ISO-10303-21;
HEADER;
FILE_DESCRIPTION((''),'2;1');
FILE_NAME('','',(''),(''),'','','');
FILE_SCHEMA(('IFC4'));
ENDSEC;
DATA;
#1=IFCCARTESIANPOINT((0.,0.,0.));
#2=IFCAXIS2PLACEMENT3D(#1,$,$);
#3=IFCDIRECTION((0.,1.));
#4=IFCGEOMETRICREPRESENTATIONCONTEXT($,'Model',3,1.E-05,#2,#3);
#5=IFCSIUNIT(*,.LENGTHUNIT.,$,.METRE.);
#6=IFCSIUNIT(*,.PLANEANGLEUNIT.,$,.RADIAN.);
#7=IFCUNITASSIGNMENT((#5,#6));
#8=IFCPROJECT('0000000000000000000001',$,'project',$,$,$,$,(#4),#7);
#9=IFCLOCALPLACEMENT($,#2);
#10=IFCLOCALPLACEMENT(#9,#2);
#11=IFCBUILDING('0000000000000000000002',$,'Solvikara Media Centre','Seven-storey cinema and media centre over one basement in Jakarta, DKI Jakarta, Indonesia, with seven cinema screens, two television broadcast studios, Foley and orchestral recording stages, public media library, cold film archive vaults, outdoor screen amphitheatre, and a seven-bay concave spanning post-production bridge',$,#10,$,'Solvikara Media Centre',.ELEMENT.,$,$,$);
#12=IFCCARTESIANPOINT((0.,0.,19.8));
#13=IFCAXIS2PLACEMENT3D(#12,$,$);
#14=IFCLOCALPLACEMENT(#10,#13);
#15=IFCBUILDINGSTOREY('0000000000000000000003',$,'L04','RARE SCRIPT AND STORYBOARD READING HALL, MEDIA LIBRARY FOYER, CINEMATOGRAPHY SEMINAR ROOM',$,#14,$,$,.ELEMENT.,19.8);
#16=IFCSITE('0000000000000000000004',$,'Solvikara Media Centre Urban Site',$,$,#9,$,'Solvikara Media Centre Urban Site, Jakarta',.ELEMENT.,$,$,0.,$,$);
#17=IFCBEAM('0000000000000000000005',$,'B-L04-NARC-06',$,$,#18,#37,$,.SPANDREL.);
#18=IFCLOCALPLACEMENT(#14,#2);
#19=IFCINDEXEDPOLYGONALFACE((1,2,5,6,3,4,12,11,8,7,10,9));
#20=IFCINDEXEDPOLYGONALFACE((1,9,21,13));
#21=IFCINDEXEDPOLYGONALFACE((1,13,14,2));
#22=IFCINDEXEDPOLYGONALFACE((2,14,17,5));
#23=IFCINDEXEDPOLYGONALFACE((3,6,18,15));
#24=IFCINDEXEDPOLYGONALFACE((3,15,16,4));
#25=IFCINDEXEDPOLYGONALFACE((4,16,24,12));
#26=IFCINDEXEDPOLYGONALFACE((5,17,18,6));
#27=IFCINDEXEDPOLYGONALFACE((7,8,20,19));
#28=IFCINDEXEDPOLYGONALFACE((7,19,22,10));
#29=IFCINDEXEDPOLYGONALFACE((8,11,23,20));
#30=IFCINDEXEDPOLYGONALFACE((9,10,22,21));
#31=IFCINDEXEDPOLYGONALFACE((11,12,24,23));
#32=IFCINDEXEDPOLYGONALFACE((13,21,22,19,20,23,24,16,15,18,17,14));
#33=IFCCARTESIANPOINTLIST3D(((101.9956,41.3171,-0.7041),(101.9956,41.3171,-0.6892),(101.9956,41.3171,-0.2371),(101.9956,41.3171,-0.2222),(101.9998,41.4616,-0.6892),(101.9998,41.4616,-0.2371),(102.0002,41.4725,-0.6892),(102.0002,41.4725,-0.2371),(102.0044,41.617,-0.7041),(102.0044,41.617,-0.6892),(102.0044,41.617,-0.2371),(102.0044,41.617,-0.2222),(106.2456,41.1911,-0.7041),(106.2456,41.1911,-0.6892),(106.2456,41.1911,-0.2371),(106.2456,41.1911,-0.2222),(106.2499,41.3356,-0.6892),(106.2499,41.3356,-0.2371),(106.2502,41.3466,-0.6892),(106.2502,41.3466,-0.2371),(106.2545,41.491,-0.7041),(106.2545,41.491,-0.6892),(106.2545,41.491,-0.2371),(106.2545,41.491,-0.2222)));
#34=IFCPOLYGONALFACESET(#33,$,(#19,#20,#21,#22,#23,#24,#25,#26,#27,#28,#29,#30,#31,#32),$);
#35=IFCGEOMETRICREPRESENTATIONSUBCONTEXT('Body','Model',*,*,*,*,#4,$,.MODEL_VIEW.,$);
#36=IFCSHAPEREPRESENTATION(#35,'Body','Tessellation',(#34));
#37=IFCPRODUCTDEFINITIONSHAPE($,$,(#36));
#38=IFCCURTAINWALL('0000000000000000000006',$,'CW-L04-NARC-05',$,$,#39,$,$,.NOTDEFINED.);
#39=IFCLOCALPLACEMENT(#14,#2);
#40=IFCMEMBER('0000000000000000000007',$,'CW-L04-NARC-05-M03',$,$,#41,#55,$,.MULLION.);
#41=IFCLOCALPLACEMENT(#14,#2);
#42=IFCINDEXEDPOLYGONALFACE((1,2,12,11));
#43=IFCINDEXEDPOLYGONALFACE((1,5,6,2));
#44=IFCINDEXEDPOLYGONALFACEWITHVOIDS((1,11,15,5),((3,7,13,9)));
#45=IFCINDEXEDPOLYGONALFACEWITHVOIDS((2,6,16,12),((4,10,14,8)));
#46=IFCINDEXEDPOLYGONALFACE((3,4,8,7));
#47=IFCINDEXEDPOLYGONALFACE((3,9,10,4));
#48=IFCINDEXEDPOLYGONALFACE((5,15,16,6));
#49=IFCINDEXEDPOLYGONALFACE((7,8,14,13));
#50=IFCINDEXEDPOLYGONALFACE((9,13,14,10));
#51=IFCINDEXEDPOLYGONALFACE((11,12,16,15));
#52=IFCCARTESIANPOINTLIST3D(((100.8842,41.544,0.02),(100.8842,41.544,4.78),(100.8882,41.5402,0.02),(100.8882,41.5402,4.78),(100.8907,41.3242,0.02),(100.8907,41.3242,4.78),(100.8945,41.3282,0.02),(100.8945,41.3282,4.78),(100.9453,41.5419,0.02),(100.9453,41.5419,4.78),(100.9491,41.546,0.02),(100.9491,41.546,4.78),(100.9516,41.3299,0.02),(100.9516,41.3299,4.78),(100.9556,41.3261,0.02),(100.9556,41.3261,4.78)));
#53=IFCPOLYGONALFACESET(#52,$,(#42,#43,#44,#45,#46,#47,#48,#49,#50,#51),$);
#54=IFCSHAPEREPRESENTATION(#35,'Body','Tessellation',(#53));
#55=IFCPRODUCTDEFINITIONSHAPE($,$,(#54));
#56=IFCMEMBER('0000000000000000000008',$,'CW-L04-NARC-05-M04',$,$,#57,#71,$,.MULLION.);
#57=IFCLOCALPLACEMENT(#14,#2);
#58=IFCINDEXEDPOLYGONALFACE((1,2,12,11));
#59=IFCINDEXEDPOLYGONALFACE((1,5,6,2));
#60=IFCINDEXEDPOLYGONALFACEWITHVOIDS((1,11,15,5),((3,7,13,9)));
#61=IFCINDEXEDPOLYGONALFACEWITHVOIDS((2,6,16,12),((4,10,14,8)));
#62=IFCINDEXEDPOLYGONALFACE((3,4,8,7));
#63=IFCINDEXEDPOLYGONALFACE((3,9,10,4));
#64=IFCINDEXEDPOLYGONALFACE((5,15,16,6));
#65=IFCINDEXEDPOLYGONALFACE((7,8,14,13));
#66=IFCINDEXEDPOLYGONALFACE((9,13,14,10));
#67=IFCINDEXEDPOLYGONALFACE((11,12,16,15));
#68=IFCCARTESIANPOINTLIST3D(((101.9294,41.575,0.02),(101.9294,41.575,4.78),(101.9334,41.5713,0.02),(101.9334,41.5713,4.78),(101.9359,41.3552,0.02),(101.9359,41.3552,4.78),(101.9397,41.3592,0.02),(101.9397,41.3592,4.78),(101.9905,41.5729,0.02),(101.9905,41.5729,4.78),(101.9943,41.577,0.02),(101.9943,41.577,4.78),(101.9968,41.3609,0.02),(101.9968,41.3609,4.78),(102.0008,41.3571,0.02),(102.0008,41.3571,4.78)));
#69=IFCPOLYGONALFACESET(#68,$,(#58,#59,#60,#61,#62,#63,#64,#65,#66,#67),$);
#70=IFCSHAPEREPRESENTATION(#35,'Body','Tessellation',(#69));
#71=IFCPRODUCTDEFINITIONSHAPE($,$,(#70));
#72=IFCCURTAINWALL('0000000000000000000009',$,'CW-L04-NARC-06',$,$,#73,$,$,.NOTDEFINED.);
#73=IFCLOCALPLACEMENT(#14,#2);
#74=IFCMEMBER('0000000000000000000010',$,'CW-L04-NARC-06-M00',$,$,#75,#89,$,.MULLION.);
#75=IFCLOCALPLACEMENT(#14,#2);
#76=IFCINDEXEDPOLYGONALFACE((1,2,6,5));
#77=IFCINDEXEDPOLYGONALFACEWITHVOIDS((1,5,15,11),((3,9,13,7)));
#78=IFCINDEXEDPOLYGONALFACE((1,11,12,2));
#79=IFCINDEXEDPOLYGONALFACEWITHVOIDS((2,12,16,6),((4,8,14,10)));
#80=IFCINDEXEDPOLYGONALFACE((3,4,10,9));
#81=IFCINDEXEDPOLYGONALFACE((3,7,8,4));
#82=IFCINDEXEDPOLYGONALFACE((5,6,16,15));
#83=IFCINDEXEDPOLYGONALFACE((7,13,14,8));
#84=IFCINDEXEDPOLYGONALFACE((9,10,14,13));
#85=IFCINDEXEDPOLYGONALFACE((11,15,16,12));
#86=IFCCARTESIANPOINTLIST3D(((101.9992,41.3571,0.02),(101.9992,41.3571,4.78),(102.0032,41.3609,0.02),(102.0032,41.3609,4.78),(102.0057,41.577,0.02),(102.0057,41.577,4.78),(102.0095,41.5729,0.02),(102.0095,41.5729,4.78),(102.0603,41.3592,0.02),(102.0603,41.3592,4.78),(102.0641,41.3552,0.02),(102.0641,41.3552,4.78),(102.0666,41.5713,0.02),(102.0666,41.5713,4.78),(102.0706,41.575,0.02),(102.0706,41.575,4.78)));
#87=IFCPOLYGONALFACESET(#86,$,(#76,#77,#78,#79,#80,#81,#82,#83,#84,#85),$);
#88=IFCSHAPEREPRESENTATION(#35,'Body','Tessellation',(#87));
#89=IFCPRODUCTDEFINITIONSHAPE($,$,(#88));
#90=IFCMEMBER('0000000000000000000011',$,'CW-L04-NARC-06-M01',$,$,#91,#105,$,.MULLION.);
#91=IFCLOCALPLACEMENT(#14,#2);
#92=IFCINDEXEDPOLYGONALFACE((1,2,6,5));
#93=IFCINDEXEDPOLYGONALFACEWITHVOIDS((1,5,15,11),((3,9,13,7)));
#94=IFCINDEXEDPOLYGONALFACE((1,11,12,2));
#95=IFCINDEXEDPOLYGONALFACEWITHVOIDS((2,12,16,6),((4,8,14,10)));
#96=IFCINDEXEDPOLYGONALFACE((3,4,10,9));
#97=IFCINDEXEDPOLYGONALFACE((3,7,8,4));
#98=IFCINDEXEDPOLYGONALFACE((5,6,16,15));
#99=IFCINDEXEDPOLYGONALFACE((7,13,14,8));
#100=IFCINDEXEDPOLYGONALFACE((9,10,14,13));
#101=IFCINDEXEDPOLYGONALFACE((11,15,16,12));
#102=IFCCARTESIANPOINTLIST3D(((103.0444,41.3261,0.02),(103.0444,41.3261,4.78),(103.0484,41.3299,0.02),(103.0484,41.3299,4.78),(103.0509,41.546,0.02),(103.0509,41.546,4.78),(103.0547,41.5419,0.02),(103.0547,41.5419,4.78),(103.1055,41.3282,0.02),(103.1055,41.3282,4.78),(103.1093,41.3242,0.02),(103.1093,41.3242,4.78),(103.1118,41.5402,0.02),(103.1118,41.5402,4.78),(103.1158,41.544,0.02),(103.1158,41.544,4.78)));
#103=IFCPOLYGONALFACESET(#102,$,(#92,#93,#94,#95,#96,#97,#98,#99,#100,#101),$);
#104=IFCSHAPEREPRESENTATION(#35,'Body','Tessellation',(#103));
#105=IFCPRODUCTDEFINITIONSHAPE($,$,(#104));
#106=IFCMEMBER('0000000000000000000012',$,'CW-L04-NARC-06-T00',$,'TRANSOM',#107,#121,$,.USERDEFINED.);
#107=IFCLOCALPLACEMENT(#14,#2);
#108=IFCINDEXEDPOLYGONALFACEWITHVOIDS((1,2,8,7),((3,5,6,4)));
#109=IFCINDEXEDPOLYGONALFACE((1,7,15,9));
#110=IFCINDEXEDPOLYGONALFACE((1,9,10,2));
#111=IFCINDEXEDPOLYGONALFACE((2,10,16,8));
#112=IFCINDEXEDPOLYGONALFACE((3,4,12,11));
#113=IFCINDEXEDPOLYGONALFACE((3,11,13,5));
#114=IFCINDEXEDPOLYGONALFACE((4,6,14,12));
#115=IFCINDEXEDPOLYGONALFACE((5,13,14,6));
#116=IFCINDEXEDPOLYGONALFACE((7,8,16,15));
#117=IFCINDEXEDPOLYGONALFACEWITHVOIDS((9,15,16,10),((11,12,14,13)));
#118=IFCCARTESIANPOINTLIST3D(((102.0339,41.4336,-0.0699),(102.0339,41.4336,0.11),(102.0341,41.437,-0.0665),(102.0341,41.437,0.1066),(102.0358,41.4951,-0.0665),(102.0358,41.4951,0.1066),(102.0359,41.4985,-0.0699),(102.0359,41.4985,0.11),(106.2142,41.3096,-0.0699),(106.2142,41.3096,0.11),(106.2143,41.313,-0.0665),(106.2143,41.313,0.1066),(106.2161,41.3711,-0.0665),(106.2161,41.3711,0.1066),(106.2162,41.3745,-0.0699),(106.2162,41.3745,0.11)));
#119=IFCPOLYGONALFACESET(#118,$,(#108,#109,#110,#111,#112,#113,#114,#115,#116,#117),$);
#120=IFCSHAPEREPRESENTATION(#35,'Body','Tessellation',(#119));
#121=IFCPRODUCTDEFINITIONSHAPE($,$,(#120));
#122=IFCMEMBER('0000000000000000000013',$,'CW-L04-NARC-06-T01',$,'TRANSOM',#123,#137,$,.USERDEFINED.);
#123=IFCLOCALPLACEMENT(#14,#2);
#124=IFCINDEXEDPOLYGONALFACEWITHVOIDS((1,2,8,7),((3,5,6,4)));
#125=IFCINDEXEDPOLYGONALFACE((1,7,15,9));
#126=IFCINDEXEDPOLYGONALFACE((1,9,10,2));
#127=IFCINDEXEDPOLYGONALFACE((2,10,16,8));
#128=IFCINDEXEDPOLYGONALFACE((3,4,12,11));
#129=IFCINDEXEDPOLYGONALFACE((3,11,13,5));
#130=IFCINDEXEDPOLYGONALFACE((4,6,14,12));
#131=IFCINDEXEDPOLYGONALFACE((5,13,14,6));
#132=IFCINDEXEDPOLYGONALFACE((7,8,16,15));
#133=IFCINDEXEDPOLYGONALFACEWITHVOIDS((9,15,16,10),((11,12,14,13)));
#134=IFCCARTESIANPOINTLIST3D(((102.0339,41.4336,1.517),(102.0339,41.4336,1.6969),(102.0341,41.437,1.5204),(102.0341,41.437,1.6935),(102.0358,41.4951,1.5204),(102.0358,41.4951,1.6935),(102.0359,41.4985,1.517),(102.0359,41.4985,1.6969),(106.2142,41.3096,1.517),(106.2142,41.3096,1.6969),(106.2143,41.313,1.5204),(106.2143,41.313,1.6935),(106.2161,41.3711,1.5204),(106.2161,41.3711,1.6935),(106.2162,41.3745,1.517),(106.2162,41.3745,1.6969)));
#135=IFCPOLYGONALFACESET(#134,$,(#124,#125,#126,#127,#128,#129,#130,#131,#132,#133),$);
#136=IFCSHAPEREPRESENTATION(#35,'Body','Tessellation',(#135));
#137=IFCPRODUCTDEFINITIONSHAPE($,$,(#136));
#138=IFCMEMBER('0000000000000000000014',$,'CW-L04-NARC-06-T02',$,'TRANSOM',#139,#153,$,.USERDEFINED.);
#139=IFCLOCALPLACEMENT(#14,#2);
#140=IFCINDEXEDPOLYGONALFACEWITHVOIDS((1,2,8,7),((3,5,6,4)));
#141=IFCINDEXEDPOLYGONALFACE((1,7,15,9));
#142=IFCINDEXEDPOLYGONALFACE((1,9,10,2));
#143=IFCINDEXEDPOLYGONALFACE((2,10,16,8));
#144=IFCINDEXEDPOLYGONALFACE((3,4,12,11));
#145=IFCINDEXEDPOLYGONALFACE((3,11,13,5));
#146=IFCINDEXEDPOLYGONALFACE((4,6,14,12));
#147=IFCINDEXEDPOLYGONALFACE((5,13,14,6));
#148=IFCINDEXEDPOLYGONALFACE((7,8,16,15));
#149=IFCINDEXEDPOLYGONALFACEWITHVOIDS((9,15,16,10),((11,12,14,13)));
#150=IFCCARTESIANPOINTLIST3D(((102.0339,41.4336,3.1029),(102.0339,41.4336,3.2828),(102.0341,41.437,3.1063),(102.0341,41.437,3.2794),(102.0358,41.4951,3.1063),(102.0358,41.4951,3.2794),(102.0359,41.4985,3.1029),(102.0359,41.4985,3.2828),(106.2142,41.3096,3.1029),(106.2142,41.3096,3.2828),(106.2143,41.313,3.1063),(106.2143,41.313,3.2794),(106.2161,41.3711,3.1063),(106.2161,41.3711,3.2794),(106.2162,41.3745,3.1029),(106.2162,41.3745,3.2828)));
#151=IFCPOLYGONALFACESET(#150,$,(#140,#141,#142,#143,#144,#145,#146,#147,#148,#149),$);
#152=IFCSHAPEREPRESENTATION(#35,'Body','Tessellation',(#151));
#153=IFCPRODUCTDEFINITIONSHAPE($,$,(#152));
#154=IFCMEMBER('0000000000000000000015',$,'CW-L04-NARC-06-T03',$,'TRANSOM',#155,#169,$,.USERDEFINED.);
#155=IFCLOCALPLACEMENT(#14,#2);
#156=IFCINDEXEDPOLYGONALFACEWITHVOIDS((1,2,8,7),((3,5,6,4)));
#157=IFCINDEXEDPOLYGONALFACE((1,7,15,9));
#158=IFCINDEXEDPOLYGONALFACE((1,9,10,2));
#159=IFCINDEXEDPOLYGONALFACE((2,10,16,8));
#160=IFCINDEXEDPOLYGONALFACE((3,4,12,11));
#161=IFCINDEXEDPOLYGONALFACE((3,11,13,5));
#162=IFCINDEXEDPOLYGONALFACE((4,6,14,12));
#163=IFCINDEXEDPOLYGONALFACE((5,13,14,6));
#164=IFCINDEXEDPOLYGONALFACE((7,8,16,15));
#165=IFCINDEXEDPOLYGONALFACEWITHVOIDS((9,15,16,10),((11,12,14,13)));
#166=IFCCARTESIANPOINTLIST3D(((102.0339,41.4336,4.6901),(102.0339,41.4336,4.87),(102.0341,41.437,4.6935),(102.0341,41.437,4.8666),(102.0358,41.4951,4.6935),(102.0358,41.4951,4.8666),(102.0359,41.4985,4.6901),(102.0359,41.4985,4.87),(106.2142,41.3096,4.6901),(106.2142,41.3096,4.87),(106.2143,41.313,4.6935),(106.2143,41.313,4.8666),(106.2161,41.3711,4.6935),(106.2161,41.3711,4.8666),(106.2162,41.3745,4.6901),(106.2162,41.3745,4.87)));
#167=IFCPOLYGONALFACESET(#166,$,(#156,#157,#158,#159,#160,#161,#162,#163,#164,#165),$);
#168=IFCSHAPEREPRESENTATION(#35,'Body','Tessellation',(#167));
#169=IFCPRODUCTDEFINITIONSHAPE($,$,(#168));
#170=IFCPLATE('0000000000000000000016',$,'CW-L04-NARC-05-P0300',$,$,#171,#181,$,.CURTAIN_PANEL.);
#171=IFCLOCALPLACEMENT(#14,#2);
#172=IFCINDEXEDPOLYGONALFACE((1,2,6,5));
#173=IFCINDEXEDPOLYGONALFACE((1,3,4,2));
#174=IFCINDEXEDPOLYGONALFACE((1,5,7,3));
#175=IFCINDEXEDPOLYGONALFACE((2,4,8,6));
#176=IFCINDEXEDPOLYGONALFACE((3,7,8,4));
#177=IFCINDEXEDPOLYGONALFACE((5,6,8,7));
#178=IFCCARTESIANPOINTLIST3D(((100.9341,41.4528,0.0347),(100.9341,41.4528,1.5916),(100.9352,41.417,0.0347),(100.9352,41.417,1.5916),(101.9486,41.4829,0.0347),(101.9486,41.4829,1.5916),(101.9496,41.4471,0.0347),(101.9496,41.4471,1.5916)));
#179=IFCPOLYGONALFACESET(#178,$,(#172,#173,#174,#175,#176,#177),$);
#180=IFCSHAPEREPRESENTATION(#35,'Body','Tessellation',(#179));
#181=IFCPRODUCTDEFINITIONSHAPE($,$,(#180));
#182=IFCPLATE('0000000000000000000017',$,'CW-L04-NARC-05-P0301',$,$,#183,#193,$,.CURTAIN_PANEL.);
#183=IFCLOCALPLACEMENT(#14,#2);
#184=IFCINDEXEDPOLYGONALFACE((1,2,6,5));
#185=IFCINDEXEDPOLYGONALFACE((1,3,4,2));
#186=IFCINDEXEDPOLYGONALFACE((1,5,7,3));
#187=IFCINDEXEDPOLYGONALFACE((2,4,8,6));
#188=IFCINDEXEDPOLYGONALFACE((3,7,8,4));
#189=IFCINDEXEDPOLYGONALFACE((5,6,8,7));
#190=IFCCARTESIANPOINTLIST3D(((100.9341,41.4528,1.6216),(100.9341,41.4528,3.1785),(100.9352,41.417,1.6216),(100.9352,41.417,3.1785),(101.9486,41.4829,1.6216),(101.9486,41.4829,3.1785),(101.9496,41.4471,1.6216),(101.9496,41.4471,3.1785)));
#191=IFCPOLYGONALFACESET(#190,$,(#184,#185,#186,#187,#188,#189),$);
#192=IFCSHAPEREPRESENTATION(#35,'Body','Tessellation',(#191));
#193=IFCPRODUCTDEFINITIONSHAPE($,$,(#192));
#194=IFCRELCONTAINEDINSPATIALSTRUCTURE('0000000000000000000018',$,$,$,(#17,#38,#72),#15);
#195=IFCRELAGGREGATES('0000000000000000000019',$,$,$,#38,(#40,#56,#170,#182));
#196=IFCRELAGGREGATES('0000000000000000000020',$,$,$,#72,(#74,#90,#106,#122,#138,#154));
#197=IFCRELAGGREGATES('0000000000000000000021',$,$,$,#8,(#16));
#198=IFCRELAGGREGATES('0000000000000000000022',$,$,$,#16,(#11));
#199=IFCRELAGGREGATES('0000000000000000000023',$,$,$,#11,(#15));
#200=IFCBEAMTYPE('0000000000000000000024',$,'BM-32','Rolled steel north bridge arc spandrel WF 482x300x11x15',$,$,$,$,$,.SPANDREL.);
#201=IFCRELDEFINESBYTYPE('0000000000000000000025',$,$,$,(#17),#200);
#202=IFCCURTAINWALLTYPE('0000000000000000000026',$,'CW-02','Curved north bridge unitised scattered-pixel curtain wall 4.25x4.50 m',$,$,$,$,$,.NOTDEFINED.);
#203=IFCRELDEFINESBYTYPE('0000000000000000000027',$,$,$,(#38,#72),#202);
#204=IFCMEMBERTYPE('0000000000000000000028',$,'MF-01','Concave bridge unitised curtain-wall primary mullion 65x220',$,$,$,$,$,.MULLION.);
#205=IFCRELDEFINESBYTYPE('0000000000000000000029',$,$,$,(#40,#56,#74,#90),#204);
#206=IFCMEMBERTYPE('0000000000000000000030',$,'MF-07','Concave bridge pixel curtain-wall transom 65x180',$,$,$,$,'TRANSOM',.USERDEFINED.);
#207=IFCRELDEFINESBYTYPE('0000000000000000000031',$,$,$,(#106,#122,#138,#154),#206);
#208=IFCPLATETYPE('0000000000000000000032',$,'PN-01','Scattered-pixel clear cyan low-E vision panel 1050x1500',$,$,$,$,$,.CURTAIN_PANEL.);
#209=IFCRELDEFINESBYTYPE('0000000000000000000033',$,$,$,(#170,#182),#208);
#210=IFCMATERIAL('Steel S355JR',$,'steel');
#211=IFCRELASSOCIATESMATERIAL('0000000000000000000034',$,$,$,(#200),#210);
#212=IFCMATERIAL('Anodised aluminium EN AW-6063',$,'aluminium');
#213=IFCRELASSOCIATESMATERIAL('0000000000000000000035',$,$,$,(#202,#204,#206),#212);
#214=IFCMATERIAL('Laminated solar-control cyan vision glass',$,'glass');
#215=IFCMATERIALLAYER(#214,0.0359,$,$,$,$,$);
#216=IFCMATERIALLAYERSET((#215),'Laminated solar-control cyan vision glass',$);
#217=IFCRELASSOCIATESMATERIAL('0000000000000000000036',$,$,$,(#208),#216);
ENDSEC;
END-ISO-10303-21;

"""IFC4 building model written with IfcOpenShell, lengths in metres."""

from ifc_helpers import new_model, si_unit, direction, frame, origin, origin_2d, place, context, subcontext, project, spatial, rectangle, hollow_rectangle, i_section, extrude, material, layer, layer_set, material_profile, profile_set, type_object, element, aggregate, save


model = new_model("IFC4")

# Units and contexts
model_context = context("Model", 3, precision=1e-05, world=origin(), true_north=direction((0.0, 1.0)))
body_context = subcontext(model_context, "Body", "Model", "MODEL_VIEW")
ifc_project = project(units=[si_unit("LENGTHUNIT", "METRE"), si_unit("PLANEANGLEUNIT", "RADIAN")], contexts=[model_context])

# Site, building, storey
site_placement = place(None, origin())
site = spatial("IfcSite", under=ifc_project, at=site_placement, Name="Solvikara Media Centre Urban Site", LongName="Solvikara Media Centre Urban Site, Jakarta", CompositionType="ELEMENT", RefElevation=0.0)
building_placement = place(site_placement, origin())
building = spatial("IfcBuilding", under=site, at=building_placement, Name="Solvikara Media Centre", Description="Seven-storey cinema and media centre over one basement in Jakarta, DKI Jakarta, Indonesia, with seven cinema screens, two television broadcast studios, Foley and orchestral recording stages, public media library, cold film archive vaults, outdoor screen amphitheatre, and a seven-bay concave spanning post-production bridge", LongName="Solvikara Media Centre", CompositionType="ELEMENT")
storey_placement = place(building_placement, frame((0.0, 0.0, 19.8)))
storey = spatial("IfcBuildingStorey", under=building, at=storey_placement, Name="L04", Description="RARE SCRIPT AND STORYBOARD READING HALL, MEDIA LIBRARY FOYER, CINEMATOGRAPHY SEMINAR ROOM", CompositionType="ELEMENT", Elevation=19.8)

# Beam
ifc_material_1 = material(Name="Steel S355JR", Category="steel")
ifc_material_profile_1 = material_profile(ifc_material_1, i_section(OverallWidth=0.3, OverallDepth=0.4819, WebThickness=0.011, FlangeThickness=0.0149, at=origin_2d()), Name="WF 482x300x11x15")
ifc_profile_set_1 = profile_set([ifc_material_profile_1], Name="Steel S355JR")
beam_type = type_object("IfcBeamType", Name="BM-32", Description="Rolled steel north bridge arc spandrel WF 482x300x11x15", PredefinedType="SPANDREL", material=ifc_profile_set_1)
beam_placement = place(storey_placement, frame((102.0, 41.467, -0.4631), z_axis=(0.999561, -0.029629, 0.0), x_axis=(0.029629, 0.999561, 0.0)))
element("IfcBeam", 1, at=beam_placement, inside=storey, type_object=beam_type, Name="B-L04-NARC-06", PredefinedType="SPANDREL", context=body_context, shape_type="SweptSolid", body=[
    extrude(i_section(OverallWidth=0.3, OverallDepth=0.4819, WebThickness=0.011, FlangeThickness=0.0149, at=origin_2d()), origin(), (0.0, 0.0, 1.0), 4.252),
])

# Curtain walls, members
ifc_material_2 = material(Name="Anodised aluminium EN AW-6063", Category="aluminium")
curtain_wall_type = type_object("IfcCurtainWallType", Name="CW-02", Description="Curved north bridge unitised scattered-pixel curtain wall 4.25x4.50 m", PredefinedType="NOTDEFINED", material=ifc_material_2)
curtain_wall_1_placement = place(storey_placement, origin())
curtain_wall_1 = element("IfcCurtainWall", 2, at=curtain_wall_1_placement, inside=storey, type_object=curtain_wall_type, Name="CW-L04-NARC-05", PredefinedType="NOTDEFINED")
ifc_material_profile_2 = material_profile(ifc_material_2, hollow_rectangle(XDim=0.0649, YDim=0.22, WallThickness=0.0039, at=origin_2d()), Name="ALU-M 65x220x4")
ifc_profile_set_2 = profile_set([ifc_material_profile_2], Name="Anodised aluminium EN AW-6063")
member_type_1 = type_object("IfcMemberType", Name="MF-01", Description="Concave bridge unitised curtain-wall primary mullion 65x220", PredefinedType="MULLION", material=ifc_profile_set_2)
member_1_placement = place(storey_placement, frame((100.9199, 41.4351, 0.02), z_axis=(0.0, 0.0, 1.0), x_axis=(0.99956, 0.029649, 0.0)))
member_1 = element("IfcMember", 3, at=member_1_placement, type_object=member_type_1, Name="CW-L04-NARC-05-M03", PredefinedType="MULLION", context=body_context, shape_type="SweptSolid", body=[
    extrude(hollow_rectangle(XDim=0.0649, YDim=0.22, WallThickness=0.0039, at=origin_2d()), origin(), (0.0, 0.0, 1.0), 4.76),
])
member_2_placement = place(storey_placement, frame((101.9651, 41.4661, 0.02), z_axis=(0.0, 0.0, 1.0), x_axis=(0.99956, 0.029649, 0.0)))
member_2 = element("IfcMember", 4, at=member_2_placement, type_object=member_type_1, Name="CW-L04-NARC-05-M04", PredefinedType="MULLION", context=body_context, shape_type="SweptSolid", body=[
    extrude(hollow_rectangle(XDim=0.0649, YDim=0.22, WallThickness=0.0039, at=origin_2d()), origin(), (0.0, 0.0, 1.0), 4.76),
])
curtain_wall_2_placement = place(storey_placement, origin())
curtain_wall_2 = element("IfcCurtainWall", 5, at=curtain_wall_2_placement, inside=storey, type_object=curtain_wall_type, Name="CW-L04-NARC-06", PredefinedType="NOTDEFINED")
member_3_placement = place(storey_placement, frame((102.0349, 41.4661, 0.02), z_axis=(0.0, 0.0, 1.0), x_axis=(0.99956, -0.029649, 0.0)))
member_3 = element("IfcMember", 6, at=member_3_placement, type_object=member_type_1, Name="CW-L04-NARC-06-M00", PredefinedType="MULLION", context=body_context, shape_type="SweptSolid", body=[
    extrude(hollow_rectangle(XDim=0.0649, YDim=0.22, WallThickness=0.0039, at=origin_2d()), origin(), (0.0, 0.0, 1.0), 4.76),
])
member_4_placement = place(storey_placement, frame((103.0801, 41.4351, 0.02), z_axis=(0.0, 0.0, 1.0), x_axis=(0.99956, -0.029649, 0.0)))
member_4 = element("IfcMember", 7, at=member_4_placement, type_object=member_type_1, Name="CW-L04-NARC-06-M01", PredefinedType="MULLION", context=body_context, shape_type="SweptSolid", body=[
    extrude(hollow_rectangle(XDim=0.0649, YDim=0.22, WallThickness=0.0039, at=origin_2d()), origin(), (0.0, 0.0, 1.0), 4.76),
])
ifc_material_profile_3 = material_profile(ifc_material_2, hollow_rectangle(XDim=0.0649, YDim=0.1799, WallThickness=0.0034, at=origin_2d()), Name="ALU-T 65x180x3.5")
ifc_profile_set_3 = profile_set([ifc_material_profile_3], Name="Anodised aluminium EN AW-6063")
member_type_2 = type_object("IfcMemberType", Name="MF-07", Description="Concave bridge pixel curtain-wall transom 65x180", ElementType="TRANSOM", PredefinedType="USERDEFINED", material=ifc_profile_set_3)
member_5_placement = place(storey_placement, frame((102.0349, 41.4661, 0.02), z_axis=(0.99956, -0.029656, 0.0), x_axis=(0.029656, 0.99956, 0.0)))
member_5 = element("IfcMember", 8, at=member_5_placement, type_object=member_type_2, Name="CW-L04-NARC-06-T00", ObjectType="TRANSOM", PredefinedType="USERDEFINED", context=body_context, shape_type="SweptSolid", body=[
    extrude(hollow_rectangle(XDim=0.0649, YDim=0.1799, WallThickness=0.0034, at=origin_2d()), origin(), (0.0, 0.0, 1.0), 4.1821),
])
member_6_placement = place(storey_placement, frame((102.0349, 41.4661, 1.6069), z_axis=(0.99956, -0.029656, 0.0), x_axis=(0.029656, 0.99956, 0.0)))
member_6 = element("IfcMember", 9, at=member_6_placement, type_object=member_type_2, Name="CW-L04-NARC-06-T01", ObjectType="TRANSOM", PredefinedType="USERDEFINED", context=body_context, shape_type="SweptSolid", body=[
    extrude(hollow_rectangle(XDim=0.0649, YDim=0.1799, WallThickness=0.0034, at=origin_2d()), origin(), (0.0, 0.0, 1.0), 4.1821),
])
member_7_placement = place(storey_placement, frame((102.0349, 41.4661, 3.1929), z_axis=(0.99956, -0.029656, 0.0), x_axis=(0.029656, 0.99956, 0.0)))
member_7 = element("IfcMember", 10, at=member_7_placement, type_object=member_type_2, Name="CW-L04-NARC-06-T02", ObjectType="TRANSOM", PredefinedType="USERDEFINED", context=body_context, shape_type="SweptSolid", body=[
    extrude(hollow_rectangle(XDim=0.0649, YDim=0.1799, WallThickness=0.0034, at=origin_2d()), origin(), (0.0, 0.0, 1.0), 4.1821),
])
member_8_placement = place(storey_placement, frame((102.0349, 41.4661, 4.78), z_axis=(0.99956, -0.029656, 0.0), x_axis=(0.029656, 0.99956, 0.0)))
member_8 = element("IfcMember", 11, at=member_8_placement, type_object=member_type_2, Name="CW-L04-NARC-06-T03", ObjectType="TRANSOM", PredefinedType="USERDEFINED", context=body_context, shape_type="SweptSolid", body=[
    extrude(hollow_rectangle(XDim=0.0649, YDim=0.1799, WallThickness=0.0034, at=origin_2d()), origin(), (0.0, 0.0, 1.0), 4.1821),
])

# Plates
ifc_material_3 = material(Name="Laminated solar-control cyan vision glass", Category="glass")
ifc_layer_1 = layer(ifc_material_3, 0.0359)
ifc_layer_set_1 = layer_set([ifc_layer_1], Name="Laminated solar-control cyan vision glass")
plate_type_1 = type_object("IfcPlateType", Name="PN-01", Description="Scattered-pixel clear cyan low-E vision panel 1050x1500", PredefinedType="CURTAIN_PANEL", material=ifc_layer_set_1)
plate_1_placement = place(storey_placement, frame((101.4419, 41.45, 0.0347), z_axis=(0.0, 0.0, 1.0), x_axis=(0.99956, 0.029649, 0.0)))
plate_1 = element("IfcPlate", 12, at=plate_1_placement, type_object=plate_type_1, Name="CW-L04-NARC-05-P0300", PredefinedType="CURTAIN_PANEL", context=body_context, shape_type="SweptSolid", body=[
    extrude(rectangle(XDim=1.0149, YDim=0.0359, at=origin_2d()), origin(), (0.0, 0.0, 1.0), 1.5569),
])
plate_2_placement = place(storey_placement, frame((101.4419, 41.45, 1.6216), z_axis=(0.0, 0.0, 1.0), x_axis=(0.99956, 0.029649, 0.0)))
plate_2 = element("IfcPlate", 13, at=plate_2_placement, type_object=plate_type_1, Name="CW-L04-NARC-05-P0301", PredefinedType="CURTAIN_PANEL", context=body_context, shape_type="SweptSolid", body=[
    extrude(rectangle(XDim=1.0149, YDim=0.0359, at=origin_2d()), origin(), (0.0, 0.0, 1.0), 1.5569),
])
aggregate(curtain_wall_1, [member_1, member_2, plate_1, plate_2])
aggregate(curtain_wall_2, [member_3, member_4, member_5, member_6, member_7, member_8])

save(model, "model.ifc")
